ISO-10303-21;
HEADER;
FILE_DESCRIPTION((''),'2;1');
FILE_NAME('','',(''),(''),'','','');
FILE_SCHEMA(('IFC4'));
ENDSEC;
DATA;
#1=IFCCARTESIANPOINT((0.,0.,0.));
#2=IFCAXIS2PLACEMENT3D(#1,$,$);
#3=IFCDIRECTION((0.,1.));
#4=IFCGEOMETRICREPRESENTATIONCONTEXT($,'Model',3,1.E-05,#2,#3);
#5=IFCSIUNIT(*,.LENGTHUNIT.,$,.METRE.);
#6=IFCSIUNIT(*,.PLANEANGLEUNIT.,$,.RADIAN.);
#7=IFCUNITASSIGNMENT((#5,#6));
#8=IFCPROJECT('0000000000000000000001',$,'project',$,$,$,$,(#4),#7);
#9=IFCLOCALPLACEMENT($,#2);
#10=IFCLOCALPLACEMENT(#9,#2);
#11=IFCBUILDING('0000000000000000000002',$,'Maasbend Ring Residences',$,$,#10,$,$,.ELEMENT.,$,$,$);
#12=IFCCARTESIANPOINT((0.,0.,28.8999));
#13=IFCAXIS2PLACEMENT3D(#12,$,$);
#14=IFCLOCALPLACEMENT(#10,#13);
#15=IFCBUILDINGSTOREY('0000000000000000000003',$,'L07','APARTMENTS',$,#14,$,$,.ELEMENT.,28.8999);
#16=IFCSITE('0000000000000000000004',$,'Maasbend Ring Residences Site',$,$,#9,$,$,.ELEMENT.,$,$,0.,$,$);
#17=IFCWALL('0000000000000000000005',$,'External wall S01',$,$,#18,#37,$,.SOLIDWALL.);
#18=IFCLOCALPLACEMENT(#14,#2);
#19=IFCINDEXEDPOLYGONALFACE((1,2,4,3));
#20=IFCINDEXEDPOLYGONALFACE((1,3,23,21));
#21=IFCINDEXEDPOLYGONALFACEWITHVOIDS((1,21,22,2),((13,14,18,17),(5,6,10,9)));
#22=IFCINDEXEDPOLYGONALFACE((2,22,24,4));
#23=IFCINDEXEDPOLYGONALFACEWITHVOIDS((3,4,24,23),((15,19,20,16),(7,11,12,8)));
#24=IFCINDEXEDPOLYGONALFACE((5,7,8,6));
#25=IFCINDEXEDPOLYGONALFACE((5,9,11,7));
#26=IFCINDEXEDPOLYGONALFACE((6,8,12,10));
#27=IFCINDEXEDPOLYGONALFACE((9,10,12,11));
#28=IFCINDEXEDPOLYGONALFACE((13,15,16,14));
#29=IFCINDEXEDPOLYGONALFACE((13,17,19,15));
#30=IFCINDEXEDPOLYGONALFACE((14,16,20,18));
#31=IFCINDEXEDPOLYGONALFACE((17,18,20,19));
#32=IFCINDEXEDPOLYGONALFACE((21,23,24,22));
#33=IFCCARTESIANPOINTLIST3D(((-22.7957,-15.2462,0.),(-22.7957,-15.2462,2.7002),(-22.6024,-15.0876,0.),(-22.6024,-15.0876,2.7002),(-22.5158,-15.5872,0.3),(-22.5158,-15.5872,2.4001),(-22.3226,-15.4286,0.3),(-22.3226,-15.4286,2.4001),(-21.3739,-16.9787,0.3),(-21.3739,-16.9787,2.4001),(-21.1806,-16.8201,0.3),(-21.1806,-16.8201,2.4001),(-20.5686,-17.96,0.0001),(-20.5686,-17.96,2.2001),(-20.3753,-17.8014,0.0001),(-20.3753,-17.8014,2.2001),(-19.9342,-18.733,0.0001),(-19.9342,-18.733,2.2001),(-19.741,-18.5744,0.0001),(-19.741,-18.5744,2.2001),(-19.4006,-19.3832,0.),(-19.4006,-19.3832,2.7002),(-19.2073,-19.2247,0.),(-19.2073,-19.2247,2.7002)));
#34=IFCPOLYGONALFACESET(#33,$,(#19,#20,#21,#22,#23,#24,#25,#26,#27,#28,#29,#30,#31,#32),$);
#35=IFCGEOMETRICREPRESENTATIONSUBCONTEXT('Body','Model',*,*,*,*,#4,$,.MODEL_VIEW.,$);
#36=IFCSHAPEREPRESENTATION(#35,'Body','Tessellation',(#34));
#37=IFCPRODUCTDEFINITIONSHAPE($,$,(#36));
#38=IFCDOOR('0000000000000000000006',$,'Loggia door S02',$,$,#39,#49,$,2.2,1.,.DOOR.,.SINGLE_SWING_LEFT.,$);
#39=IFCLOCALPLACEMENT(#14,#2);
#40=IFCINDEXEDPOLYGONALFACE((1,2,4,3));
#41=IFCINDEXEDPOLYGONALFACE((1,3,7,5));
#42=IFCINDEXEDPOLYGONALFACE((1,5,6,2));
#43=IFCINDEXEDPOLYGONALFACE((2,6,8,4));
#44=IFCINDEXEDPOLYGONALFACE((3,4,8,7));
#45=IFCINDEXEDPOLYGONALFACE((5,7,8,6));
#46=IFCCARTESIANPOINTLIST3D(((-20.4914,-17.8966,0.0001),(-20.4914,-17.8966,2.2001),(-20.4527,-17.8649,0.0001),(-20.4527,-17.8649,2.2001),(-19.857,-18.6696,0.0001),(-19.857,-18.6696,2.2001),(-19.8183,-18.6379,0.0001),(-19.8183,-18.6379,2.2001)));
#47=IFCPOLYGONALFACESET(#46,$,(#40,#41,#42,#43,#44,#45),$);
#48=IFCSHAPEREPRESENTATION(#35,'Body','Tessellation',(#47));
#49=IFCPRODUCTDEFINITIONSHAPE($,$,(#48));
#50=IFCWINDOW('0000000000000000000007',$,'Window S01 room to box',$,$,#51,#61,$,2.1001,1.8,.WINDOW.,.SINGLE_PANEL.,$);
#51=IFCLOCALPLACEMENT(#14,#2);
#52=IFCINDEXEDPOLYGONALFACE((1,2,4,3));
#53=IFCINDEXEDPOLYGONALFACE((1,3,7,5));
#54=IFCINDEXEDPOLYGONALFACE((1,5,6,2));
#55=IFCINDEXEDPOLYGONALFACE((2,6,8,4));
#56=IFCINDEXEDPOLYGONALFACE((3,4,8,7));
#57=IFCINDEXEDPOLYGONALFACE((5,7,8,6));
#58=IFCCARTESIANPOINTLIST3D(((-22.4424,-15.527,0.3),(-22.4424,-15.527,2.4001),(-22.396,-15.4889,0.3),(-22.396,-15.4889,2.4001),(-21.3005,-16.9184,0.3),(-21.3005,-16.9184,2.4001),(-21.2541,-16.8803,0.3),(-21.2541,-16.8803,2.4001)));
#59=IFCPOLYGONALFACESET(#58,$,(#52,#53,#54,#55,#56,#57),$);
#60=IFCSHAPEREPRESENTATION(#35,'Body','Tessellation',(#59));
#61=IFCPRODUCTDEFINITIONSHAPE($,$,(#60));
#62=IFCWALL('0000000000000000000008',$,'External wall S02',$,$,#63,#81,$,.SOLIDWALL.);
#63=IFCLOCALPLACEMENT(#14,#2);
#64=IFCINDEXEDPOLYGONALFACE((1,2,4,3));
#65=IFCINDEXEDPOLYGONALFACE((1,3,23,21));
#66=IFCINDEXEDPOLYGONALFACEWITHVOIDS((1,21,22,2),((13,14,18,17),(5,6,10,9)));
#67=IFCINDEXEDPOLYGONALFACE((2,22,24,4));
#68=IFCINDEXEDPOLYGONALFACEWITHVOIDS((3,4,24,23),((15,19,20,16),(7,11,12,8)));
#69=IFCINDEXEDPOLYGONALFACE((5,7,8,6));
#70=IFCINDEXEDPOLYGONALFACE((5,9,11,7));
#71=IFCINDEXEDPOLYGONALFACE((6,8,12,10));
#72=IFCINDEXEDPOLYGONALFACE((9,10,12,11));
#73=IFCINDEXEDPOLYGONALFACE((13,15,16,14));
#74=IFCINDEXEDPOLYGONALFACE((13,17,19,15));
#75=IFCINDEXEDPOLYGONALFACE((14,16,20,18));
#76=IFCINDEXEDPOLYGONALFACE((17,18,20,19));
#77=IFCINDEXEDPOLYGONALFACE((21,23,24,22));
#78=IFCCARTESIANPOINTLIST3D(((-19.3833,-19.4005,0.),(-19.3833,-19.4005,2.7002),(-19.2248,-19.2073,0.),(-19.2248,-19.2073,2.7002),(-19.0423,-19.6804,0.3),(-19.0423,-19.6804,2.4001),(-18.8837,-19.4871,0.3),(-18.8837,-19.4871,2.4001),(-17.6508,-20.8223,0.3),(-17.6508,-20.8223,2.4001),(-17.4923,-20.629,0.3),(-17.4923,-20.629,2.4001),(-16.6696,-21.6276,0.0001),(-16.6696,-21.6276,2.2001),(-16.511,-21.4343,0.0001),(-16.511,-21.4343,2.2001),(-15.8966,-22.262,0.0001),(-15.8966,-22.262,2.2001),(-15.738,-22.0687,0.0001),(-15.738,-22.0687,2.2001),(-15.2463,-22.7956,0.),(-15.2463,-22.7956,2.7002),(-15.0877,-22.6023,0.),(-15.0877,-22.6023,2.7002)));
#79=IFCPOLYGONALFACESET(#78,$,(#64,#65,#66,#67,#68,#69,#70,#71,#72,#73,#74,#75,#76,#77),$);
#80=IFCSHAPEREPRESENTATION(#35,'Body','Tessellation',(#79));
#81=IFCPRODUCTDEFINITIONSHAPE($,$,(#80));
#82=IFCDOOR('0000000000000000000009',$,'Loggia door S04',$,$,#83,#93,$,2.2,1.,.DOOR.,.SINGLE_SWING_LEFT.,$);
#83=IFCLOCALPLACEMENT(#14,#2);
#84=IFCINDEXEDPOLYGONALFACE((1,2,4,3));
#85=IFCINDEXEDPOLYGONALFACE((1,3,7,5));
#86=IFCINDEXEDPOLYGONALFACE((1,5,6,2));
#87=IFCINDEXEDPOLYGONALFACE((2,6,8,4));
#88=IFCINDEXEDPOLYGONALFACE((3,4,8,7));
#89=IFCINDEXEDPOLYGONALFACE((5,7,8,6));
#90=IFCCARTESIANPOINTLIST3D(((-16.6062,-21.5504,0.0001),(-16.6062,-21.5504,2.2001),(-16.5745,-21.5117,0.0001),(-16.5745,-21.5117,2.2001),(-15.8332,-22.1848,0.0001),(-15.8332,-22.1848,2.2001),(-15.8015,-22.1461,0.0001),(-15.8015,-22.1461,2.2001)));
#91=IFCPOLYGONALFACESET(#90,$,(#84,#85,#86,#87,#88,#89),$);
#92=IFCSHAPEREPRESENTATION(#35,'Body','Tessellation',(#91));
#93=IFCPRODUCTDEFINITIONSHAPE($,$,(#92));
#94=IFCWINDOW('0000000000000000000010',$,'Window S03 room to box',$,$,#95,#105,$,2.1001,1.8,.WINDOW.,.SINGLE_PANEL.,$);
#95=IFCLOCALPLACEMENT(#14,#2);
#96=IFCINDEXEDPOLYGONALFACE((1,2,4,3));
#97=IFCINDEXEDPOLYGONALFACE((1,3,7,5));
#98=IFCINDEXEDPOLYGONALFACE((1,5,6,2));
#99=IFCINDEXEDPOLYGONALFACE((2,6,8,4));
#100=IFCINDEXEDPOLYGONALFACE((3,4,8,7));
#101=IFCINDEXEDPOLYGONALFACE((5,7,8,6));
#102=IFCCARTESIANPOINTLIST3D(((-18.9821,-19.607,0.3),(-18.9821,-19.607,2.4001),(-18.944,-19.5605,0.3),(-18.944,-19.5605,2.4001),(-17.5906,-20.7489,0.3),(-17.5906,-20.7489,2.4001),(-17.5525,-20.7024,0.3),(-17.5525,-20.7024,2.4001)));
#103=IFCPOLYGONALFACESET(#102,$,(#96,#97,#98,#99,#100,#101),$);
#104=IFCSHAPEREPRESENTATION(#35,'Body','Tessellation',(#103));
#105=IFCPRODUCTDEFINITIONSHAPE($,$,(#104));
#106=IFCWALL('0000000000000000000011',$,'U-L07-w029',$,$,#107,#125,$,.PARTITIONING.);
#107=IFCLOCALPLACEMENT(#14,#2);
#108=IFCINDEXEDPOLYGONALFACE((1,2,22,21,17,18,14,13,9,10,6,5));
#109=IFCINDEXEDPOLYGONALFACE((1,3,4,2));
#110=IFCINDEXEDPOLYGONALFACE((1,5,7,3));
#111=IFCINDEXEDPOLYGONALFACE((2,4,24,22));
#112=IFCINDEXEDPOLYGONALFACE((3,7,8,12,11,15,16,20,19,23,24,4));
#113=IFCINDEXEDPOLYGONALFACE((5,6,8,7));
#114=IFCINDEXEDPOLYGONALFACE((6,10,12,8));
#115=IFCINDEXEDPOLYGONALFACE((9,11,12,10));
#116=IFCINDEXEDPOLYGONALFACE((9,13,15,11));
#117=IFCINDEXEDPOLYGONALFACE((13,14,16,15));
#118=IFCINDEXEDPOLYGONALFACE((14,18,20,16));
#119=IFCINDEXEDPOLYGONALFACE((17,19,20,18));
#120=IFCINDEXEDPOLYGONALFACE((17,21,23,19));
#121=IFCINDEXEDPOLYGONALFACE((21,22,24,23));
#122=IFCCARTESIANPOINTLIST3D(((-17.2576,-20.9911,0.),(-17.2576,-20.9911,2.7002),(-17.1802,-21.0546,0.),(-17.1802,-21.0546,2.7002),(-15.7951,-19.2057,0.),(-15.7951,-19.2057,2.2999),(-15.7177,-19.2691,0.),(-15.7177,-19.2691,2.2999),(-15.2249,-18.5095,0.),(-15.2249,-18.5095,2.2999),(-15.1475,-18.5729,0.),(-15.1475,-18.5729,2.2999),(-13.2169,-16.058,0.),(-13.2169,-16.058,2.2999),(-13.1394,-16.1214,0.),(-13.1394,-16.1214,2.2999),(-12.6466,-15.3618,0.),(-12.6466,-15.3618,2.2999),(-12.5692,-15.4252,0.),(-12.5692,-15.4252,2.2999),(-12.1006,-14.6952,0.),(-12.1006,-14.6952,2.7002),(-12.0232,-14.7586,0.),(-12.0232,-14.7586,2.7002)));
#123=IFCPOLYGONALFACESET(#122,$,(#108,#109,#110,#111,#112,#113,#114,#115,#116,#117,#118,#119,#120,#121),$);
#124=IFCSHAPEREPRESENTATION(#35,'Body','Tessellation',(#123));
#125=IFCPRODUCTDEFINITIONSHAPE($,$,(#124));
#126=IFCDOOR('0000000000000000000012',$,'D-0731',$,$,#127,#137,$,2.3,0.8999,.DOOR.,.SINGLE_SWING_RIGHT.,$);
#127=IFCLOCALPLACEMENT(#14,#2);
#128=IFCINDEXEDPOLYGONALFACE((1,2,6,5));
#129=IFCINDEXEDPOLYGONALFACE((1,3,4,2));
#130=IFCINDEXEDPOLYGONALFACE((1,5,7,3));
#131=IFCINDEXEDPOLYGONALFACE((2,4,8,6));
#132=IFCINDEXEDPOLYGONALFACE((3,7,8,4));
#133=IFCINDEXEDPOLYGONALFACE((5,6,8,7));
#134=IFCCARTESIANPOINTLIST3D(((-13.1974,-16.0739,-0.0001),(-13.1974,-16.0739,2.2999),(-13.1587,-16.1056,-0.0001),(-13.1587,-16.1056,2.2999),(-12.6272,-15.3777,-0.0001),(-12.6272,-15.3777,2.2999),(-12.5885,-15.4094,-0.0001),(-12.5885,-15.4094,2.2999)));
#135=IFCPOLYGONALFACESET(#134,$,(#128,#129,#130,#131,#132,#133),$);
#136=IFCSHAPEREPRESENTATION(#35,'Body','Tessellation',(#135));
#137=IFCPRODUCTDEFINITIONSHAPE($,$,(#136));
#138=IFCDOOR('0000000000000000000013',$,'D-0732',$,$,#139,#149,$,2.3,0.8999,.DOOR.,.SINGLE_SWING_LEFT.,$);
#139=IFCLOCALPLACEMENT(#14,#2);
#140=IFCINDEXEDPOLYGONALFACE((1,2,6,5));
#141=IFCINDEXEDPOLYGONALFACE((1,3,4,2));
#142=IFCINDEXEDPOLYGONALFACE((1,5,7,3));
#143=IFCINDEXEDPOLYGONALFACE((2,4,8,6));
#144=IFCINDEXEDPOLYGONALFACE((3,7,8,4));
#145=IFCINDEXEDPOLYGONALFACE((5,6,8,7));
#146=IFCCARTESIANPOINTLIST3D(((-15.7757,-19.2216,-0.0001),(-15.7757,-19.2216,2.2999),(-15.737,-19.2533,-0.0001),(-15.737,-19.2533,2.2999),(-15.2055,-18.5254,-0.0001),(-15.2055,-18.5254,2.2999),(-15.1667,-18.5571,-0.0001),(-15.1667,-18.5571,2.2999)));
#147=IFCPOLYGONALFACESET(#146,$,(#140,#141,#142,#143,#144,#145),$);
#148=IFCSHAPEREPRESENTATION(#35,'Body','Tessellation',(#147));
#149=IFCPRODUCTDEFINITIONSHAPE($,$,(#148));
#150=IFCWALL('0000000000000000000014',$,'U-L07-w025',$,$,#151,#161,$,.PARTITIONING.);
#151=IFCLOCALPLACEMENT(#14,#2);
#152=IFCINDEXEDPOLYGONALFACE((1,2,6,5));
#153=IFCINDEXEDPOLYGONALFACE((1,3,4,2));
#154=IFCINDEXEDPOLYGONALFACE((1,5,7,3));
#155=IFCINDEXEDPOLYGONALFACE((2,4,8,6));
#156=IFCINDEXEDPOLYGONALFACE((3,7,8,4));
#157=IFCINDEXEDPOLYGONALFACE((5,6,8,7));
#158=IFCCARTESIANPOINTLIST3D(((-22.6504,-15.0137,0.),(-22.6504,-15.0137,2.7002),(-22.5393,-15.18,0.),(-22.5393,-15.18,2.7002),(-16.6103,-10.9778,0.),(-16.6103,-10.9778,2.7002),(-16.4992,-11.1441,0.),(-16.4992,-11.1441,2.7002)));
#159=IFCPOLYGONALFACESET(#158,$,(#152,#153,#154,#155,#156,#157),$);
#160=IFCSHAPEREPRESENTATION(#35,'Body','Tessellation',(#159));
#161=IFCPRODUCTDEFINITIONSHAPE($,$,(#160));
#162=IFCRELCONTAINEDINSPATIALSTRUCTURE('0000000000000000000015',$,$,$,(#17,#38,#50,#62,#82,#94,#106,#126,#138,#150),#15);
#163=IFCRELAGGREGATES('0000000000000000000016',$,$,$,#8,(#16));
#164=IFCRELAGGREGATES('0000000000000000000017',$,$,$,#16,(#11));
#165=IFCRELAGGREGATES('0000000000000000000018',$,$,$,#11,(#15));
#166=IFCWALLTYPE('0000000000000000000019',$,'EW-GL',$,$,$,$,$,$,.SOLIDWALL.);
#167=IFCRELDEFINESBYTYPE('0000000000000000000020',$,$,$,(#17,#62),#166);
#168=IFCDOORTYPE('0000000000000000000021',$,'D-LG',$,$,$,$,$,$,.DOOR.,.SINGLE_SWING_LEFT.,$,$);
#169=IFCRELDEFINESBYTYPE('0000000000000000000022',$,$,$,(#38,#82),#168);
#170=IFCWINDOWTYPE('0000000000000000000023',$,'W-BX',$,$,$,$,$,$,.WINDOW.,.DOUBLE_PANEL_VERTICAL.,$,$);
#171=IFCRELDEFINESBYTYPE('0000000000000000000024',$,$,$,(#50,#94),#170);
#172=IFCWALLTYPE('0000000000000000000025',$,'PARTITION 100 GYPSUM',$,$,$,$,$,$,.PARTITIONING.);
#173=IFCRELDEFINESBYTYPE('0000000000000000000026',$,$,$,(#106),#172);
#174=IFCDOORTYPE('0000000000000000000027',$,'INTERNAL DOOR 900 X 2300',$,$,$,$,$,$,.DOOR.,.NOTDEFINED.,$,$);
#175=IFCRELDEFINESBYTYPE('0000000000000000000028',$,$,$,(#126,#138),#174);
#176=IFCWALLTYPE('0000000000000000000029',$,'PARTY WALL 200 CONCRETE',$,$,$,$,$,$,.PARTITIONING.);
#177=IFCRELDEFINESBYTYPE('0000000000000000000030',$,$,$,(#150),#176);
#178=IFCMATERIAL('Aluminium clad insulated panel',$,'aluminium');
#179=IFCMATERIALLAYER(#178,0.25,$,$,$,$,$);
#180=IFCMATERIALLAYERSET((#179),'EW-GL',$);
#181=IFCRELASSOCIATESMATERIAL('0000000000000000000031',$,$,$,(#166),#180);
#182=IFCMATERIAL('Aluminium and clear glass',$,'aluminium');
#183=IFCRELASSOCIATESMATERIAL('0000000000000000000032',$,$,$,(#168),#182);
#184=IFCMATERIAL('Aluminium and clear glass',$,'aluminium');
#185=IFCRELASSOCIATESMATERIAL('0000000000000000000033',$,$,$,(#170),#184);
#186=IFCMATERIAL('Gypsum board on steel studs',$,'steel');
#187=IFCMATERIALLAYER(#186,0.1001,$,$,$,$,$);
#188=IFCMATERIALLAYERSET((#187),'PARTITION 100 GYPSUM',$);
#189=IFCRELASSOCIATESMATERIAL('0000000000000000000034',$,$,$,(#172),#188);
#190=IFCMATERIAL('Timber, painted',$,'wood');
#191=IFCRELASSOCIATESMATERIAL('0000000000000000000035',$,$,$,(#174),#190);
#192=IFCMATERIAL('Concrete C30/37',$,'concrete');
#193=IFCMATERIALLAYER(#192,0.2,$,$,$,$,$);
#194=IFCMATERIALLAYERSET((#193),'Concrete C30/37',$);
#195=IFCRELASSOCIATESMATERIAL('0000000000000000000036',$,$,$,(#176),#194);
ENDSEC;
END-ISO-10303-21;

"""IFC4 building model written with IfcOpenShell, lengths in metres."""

from ifc_helpers import new_model, si_unit, direction, frame, frame_2d, origin, place, context, subcontext, project, spatial, rectangle, extrude, material, layer, layer_set, type_object, element, fill, save


model = new_model("IFC4")

# Units and contexts
model_context = context("Model", 3, precision=1e-05, world=origin(), true_north=direction((0.0, 1.0)))
body_context = subcontext(model_context, "Body", "Model", "MODEL_VIEW")
ifc_project = project(units=[si_unit("LENGTHUNIT", "METRE"), si_unit("PLANEANGLEUNIT", "RADIAN")], contexts=[model_context])

# Site, building, storey
site_placement = place(None, origin())
site = spatial("IfcSite", under=ifc_project, at=site_placement, Name="Maasbend Ring Residences Site", CompositionType="ELEMENT", RefElevation=0.0)
building_placement = place(site_placement, origin())
building = spatial("IfcBuilding", under=site, at=building_placement, Name="Maasbend Ring Residences", CompositionType="ELEMENT")
storey_placement = place(building_placement, frame((0.0, 0.0, 28.8999)))
storey = spatial("IfcBuildingStorey", under=building, at=storey_placement, Name="L07", Description="APARTMENTS", CompositionType="ELEMENT", Elevation=28.8999)

# Walls, openings, doors, windows
ifc_material_1 = material(Name="Aluminium clad insulated panel", Category="aluminium")
ifc_layer_1 = layer(ifc_material_1, 0.25)
ifc_layer_set_1 = layer_set([ifc_layer_1], Name="EW-GL")
wall_type_1 = type_object("IfcWallType", Name="EW-GL", PredefinedType="SOLIDWALL", material=ifc_layer_set_1)
wall_1_placement = place(storey_placement, frame((-22.699, -15.167, 0.0), z_axis=(0.0, 0.0, 1.0), x_axis=(0.634382, -0.773019, 0.0)))
wall_1 = element("IfcWall", 1, at=wall_1_placement, inside=storey, type_object=wall_type_1, Name="External wall S01", PredefinedType="SOLIDWALL", context=body_context, shape_type="SweptSolid", body=[
    extrude(rectangle(XDim=5.3518, YDim=0.25, at=frame_2d((2.6758, 0.0))), origin(), (0.0, 0.0, 1.0), 2.7002),
])
opening_1_placement = place(wall_1_placement, frame((0.4412, 0.0, 0.3)))
opening_1 = element("IfcOpeningElement", 2, at=opening_1_placement, cuts=wall_1, PredefinedType="OPENING", context=body_context, shape_type="SweptSolid", body=[
    extrude(rectangle(XDim=1.8, YDim=2.1001, at=frame_2d((0.8999, 1.05))), frame((0.0, 0.135, 0.0), z_axis=(0.0, -1.0, 0.0), x_axis=(1.0, 0.0, 0.0)), (0.0, 0.0, 1.0), 0.27),
])
opening_2_placement = place(wall_1_placement, frame((3.5105, 0.0, 0.0)))
opening_2 = element("IfcOpeningElement", 3, at=opening_2_placement, cuts=wall_1, PredefinedType="OPENING", context=body_context, shape_type="SweptSolid", body=[
    extrude(rectangle(XDim=1.0, YDim=2.2, at=frame_2d((0.5, 1.1001))), frame((0.0, 0.135, 0.0), z_axis=(0.0, -1.0, 0.0), x_axis=(1.0, 0.0, 0.0)), (0.0, 0.0, 1.0), 0.27),
])
ifc_material_2 = material(Name="Aluminium and clear glass", Category="aluminium")
door_type_1 = type_object("IfcDoorType", Name="D-LG", OperationType="SINGLE_SWING_LEFT", PredefinedType="DOOR", material=ifc_material_2)
door_1_placement = place(opening_2_placement, origin())
door_1 = element("IfcDoor", 4, at=door_1_placement, inside=storey, type_object=door_type_1, Name="Loggia door S02", OperationType="SINGLE_SWING_LEFT", OverallHeight=2.2, OverallWidth=1.0, PredefinedType="DOOR", context=body_context, shape_type="SweptSolid", body=[
    extrude(rectangle(XDim=1.0, YDim=2.2, at=frame_2d((0.5, 1.1001))), frame((0.0, 0.0249, 0.0), z_axis=(0.0, -1.0, 0.0), x_axis=(1.0, 0.0, 0.0)), (0.0, 0.0, 1.0), 0.05),
])
fill(opening_2, door_1)
ifc_material_3 = material(Name="Aluminium and clear glass", Category="aluminium")
window_type_1 = type_object("IfcWindowType", Name="W-BX", PartitioningType="DOUBLE_PANEL_VERTICAL", PredefinedType="WINDOW", material=ifc_material_3)
window_1_placement = place(opening_1_placement, origin())
window_1 = element("IfcWindow", 5, at=window_1_placement, inside=storey, type_object=window_type_1, Name="Window S01 room to box", OverallHeight=2.1001, OverallWidth=1.8, PartitioningType="SINGLE_PANEL", PredefinedType="WINDOW", context=body_context, shape_type="SweptSolid", body=[
    extrude(rectangle(XDim=1.8, YDim=2.1001, at=frame_2d((0.8999, 1.05))), frame((0.0, 0.03, 0.0), z_axis=(0.0, -1.0, 0.0), x_axis=(1.0, 0.0, 0.0)), (0.0, 0.0, 1.0), 0.0601),
])
fill(opening_1, window_1)
wall_2_placement = place(storey_placement, frame((-19.304, -19.304, 0.0), z_axis=(0.0, 0.0, 1.0), x_axis=(0.773019, -0.634382, 0.0)))
wall_2 = element("IfcWall", 6, at=wall_2_placement, inside=storey, type_object=wall_type_1, Name="External wall S02", PredefinedType="SOLIDWALL", context=body_context, shape_type="SweptSolid", body=[
    extrude(rectangle(XDim=5.3518, YDim=0.25, at=frame_2d((2.6758, 0.0))), origin(), (0.0, 0.0, 1.0), 2.7002),
])
opening_3_placement = place(wall_2_placement, frame((0.4412, 0.0, 0.3)))
opening_3 = element("IfcOpeningElement", 7, at=opening_3_placement, cuts=wall_2, PredefinedType="OPENING", context=body_context, shape_type="SweptSolid", body=[
    extrude(rectangle(XDim=1.8, YDim=2.1001, at=frame_2d((0.8999, 1.05))), frame((0.0, 0.135, 0.0), z_axis=(0.0, -1.0, 0.0), x_axis=(1.0, 0.0, 0.0)), (0.0, 0.0, 1.0), 0.27),
])
opening_4_placement = place(wall_2_placement, frame((3.5105, 0.0, 0.0)))
opening_4 = element("IfcOpeningElement", 8, at=opening_4_placement, cuts=wall_2, PredefinedType="OPENING", context=body_context, shape_type="SweptSolid", body=[
    extrude(rectangle(XDim=1.0, YDim=2.2, at=frame_2d((0.5, 1.1001))), frame((0.0, 0.135, 0.0), z_axis=(0.0, -1.0, 0.0), x_axis=(1.0, 0.0, 0.0)), (0.0, 0.0, 1.0), 0.27),
])
door_2_placement = place(opening_4_placement, origin())
door_2 = element("IfcDoor", 9, at=door_2_placement, inside=storey, type_object=door_type_1, Name="Loggia door S04", OperationType="SINGLE_SWING_LEFT", OverallHeight=2.2, OverallWidth=1.0, PredefinedType="DOOR", context=body_context, shape_type="SweptSolid", body=[
    extrude(rectangle(XDim=1.0, YDim=2.2, at=frame_2d((0.5, 1.1001))), frame((0.0, 0.0249, 0.0), z_axis=(0.0, -1.0, 0.0), x_axis=(1.0, 0.0, 0.0)), (0.0, 0.0, 1.0), 0.05),
])
fill(opening_4, door_2)
window_2_placement = place(opening_3_placement, origin())
window_2 = element("IfcWindow", 10, at=window_2_placement, inside=storey, type_object=window_type_1, Name="Window S03 room to box", OverallHeight=2.1001, OverallWidth=1.8, PartitioningType="SINGLE_PANEL", PredefinedType="WINDOW", context=body_context, shape_type="SweptSolid", body=[
    extrude(rectangle(XDim=1.8, YDim=2.1001, at=frame_2d((0.8999, 1.05))), frame((0.0, 0.03, 0.0), z_axis=(0.0, -1.0, 0.0), x_axis=(1.0, 0.0, 0.0)), (0.0, 0.0, 1.0), 0.0601),
])
fill(opening_3, window_2)

# Wall, openings, doors
ifc_material_4 = material(Name="Gypsum board on steel studs", Category="steel")
ifc_layer_2 = layer(ifc_material_4, 0.1001)
ifc_layer_set_2 = layer_set([ifc_layer_2], Name="PARTITION 100 GYPSUM")
wall_type_2 = type_object("IfcWallType", Name="PARTITION 100 GYPSUM", PredefinedType="PARTITIONING", material=ifc_layer_set_2)
wall_3_placement = place(storey_placement, frame((-17.219, -21.0229, 0.0), z_axis=(0.0, 0.0, 1.0), x_axis=(0.633664, 0.773608, 0.0)))
wall_3 = element("IfcWall", 11, at=wall_3_placement, inside=storey, type_object=wall_type_2, Name="U-L07-w029", PredefinedType="PARTITIONING", context=body_context, shape_type="SweptSolid", body=[
    extrude(rectangle(XDim=8.1384, YDim=0.1001, at=frame_2d((4.0693, 0.0))), origin(), (0.0, 0.0, 1.0), 2.7002),
])
opening_5_placement = place(wall_3_placement, frame((6.377, 0.0, 0.0)))
opening_5 = element("IfcOpeningElement", 12, at=opening_5_placement, cuts=wall_3, PredefinedType="OPENING", context=body_context, shape_type="SweptSolid", body=[
    extrude(rectangle(XDim=0.8999, YDim=2.3, at=frame_2d((0.45, 1.1499))), frame((0.0, 0.0601, 0.0), z_axis=(0.0, -1.0, 0.0), x_axis=(1.0, 0.0, 0.0)), (0.0, 0.0, 1.0), 0.1201),
])
opening_6_placement = place(wall_3_placement, frame((2.3081, 0.0, 0.0)))
opening_6 = element("IfcOpeningElement", 13, at=opening_6_placement, cuts=wall_3, PredefinedType="OPENING", context=body_context, shape_type="SweptSolid", body=[
    extrude(rectangle(XDim=0.8999, YDim=2.3, at=frame_2d((0.45, 1.1499))), frame((0.0, 0.0601, 0.0), z_axis=(0.0, -1.0, 0.0), x_axis=(1.0, 0.0, 0.0)), (0.0, 0.0, 1.0), 0.1201),
])
ifc_material_5 = material(Name="Timber, painted", Category="wood")
door_type_2 = type_object("IfcDoorType", Name="INTERNAL DOOR 900 X 2300", OperationType="NOTDEFINED", PredefinedType="DOOR", material=ifc_material_5)
door_3_placement = place(opening_5_placement, origin())
door_3 = element("IfcDoor", 14, at=door_3_placement, inside=storey, type_object=door_type_2, Name="D-0731", OperationType="SINGLE_SWING_RIGHT", OverallHeight=2.3, OverallWidth=0.8999, PredefinedType="DOOR", context=body_context, shape_type="SweptSolid", body=[
    extrude(rectangle(XDim=0.8999, YDim=2.3, at=frame_2d((0.45, 1.1499))), frame((0.0, 0.0249, 0.0), z_axis=(0.0, -1.0, 0.0), x_axis=(1.0, 0.0, 0.0)), (0.0, 0.0, 1.0), 0.05),
])
fill(opening_5, door_3)
door_4_placement = place(opening_6_placement, origin())
door_4 = element("IfcDoor", 15, at=door_4_placement, inside=storey, type_object=door_type_2, Name="D-0732", OperationType="SINGLE_SWING_LEFT", OverallHeight=2.3, OverallWidth=0.8999, PredefinedType="DOOR", context=body_context, shape_type="SweptSolid", body=[
    extrude(rectangle(XDim=0.8999, YDim=2.3, at=frame_2d((0.45, 1.1499))), frame((0.0, 0.0249, 0.0), z_axis=(0.0, -1.0, 0.0), x_axis=(1.0, 0.0, 0.0)), (0.0, 0.0, 1.0), 0.05),
])
fill(opening_6, door_4)

# Wall
ifc_material_6 = material(Name="Concrete C30/37", Category="concrete")
ifc_layer_3 = layer(ifc_material_6, 0.2)
ifc_layer_set_3 = layer_set([ifc_layer_3], Name="Concrete C30/37")
wall_type_3 = type_object("IfcWallType", Name="PARTY WALL 200 CONCRETE", PredefinedType="PARTITIONING", material=ifc_layer_set_3)
wall_4_placement = place(storey_placement, frame((-22.595, -15.0969, 0.0), z_axis=(0.0, 0.0, 1.0), x_axis=(0.831466, 0.555576, 0.0)))
element("IfcWall", 16, at=wall_4_placement, inside=storey, type_object=wall_type_3, Name="U-L07-w025", PredefinedType="PARTITIONING", context=body_context, shape_type="SweptSolid", body=[
    extrude(rectangle(XDim=7.2644, YDim=0.2, at=frame_2d((3.6323, 0.0))), origin(), (0.0, 0.0, 1.0), 2.7002),
])

save(model, "model.ifc")
